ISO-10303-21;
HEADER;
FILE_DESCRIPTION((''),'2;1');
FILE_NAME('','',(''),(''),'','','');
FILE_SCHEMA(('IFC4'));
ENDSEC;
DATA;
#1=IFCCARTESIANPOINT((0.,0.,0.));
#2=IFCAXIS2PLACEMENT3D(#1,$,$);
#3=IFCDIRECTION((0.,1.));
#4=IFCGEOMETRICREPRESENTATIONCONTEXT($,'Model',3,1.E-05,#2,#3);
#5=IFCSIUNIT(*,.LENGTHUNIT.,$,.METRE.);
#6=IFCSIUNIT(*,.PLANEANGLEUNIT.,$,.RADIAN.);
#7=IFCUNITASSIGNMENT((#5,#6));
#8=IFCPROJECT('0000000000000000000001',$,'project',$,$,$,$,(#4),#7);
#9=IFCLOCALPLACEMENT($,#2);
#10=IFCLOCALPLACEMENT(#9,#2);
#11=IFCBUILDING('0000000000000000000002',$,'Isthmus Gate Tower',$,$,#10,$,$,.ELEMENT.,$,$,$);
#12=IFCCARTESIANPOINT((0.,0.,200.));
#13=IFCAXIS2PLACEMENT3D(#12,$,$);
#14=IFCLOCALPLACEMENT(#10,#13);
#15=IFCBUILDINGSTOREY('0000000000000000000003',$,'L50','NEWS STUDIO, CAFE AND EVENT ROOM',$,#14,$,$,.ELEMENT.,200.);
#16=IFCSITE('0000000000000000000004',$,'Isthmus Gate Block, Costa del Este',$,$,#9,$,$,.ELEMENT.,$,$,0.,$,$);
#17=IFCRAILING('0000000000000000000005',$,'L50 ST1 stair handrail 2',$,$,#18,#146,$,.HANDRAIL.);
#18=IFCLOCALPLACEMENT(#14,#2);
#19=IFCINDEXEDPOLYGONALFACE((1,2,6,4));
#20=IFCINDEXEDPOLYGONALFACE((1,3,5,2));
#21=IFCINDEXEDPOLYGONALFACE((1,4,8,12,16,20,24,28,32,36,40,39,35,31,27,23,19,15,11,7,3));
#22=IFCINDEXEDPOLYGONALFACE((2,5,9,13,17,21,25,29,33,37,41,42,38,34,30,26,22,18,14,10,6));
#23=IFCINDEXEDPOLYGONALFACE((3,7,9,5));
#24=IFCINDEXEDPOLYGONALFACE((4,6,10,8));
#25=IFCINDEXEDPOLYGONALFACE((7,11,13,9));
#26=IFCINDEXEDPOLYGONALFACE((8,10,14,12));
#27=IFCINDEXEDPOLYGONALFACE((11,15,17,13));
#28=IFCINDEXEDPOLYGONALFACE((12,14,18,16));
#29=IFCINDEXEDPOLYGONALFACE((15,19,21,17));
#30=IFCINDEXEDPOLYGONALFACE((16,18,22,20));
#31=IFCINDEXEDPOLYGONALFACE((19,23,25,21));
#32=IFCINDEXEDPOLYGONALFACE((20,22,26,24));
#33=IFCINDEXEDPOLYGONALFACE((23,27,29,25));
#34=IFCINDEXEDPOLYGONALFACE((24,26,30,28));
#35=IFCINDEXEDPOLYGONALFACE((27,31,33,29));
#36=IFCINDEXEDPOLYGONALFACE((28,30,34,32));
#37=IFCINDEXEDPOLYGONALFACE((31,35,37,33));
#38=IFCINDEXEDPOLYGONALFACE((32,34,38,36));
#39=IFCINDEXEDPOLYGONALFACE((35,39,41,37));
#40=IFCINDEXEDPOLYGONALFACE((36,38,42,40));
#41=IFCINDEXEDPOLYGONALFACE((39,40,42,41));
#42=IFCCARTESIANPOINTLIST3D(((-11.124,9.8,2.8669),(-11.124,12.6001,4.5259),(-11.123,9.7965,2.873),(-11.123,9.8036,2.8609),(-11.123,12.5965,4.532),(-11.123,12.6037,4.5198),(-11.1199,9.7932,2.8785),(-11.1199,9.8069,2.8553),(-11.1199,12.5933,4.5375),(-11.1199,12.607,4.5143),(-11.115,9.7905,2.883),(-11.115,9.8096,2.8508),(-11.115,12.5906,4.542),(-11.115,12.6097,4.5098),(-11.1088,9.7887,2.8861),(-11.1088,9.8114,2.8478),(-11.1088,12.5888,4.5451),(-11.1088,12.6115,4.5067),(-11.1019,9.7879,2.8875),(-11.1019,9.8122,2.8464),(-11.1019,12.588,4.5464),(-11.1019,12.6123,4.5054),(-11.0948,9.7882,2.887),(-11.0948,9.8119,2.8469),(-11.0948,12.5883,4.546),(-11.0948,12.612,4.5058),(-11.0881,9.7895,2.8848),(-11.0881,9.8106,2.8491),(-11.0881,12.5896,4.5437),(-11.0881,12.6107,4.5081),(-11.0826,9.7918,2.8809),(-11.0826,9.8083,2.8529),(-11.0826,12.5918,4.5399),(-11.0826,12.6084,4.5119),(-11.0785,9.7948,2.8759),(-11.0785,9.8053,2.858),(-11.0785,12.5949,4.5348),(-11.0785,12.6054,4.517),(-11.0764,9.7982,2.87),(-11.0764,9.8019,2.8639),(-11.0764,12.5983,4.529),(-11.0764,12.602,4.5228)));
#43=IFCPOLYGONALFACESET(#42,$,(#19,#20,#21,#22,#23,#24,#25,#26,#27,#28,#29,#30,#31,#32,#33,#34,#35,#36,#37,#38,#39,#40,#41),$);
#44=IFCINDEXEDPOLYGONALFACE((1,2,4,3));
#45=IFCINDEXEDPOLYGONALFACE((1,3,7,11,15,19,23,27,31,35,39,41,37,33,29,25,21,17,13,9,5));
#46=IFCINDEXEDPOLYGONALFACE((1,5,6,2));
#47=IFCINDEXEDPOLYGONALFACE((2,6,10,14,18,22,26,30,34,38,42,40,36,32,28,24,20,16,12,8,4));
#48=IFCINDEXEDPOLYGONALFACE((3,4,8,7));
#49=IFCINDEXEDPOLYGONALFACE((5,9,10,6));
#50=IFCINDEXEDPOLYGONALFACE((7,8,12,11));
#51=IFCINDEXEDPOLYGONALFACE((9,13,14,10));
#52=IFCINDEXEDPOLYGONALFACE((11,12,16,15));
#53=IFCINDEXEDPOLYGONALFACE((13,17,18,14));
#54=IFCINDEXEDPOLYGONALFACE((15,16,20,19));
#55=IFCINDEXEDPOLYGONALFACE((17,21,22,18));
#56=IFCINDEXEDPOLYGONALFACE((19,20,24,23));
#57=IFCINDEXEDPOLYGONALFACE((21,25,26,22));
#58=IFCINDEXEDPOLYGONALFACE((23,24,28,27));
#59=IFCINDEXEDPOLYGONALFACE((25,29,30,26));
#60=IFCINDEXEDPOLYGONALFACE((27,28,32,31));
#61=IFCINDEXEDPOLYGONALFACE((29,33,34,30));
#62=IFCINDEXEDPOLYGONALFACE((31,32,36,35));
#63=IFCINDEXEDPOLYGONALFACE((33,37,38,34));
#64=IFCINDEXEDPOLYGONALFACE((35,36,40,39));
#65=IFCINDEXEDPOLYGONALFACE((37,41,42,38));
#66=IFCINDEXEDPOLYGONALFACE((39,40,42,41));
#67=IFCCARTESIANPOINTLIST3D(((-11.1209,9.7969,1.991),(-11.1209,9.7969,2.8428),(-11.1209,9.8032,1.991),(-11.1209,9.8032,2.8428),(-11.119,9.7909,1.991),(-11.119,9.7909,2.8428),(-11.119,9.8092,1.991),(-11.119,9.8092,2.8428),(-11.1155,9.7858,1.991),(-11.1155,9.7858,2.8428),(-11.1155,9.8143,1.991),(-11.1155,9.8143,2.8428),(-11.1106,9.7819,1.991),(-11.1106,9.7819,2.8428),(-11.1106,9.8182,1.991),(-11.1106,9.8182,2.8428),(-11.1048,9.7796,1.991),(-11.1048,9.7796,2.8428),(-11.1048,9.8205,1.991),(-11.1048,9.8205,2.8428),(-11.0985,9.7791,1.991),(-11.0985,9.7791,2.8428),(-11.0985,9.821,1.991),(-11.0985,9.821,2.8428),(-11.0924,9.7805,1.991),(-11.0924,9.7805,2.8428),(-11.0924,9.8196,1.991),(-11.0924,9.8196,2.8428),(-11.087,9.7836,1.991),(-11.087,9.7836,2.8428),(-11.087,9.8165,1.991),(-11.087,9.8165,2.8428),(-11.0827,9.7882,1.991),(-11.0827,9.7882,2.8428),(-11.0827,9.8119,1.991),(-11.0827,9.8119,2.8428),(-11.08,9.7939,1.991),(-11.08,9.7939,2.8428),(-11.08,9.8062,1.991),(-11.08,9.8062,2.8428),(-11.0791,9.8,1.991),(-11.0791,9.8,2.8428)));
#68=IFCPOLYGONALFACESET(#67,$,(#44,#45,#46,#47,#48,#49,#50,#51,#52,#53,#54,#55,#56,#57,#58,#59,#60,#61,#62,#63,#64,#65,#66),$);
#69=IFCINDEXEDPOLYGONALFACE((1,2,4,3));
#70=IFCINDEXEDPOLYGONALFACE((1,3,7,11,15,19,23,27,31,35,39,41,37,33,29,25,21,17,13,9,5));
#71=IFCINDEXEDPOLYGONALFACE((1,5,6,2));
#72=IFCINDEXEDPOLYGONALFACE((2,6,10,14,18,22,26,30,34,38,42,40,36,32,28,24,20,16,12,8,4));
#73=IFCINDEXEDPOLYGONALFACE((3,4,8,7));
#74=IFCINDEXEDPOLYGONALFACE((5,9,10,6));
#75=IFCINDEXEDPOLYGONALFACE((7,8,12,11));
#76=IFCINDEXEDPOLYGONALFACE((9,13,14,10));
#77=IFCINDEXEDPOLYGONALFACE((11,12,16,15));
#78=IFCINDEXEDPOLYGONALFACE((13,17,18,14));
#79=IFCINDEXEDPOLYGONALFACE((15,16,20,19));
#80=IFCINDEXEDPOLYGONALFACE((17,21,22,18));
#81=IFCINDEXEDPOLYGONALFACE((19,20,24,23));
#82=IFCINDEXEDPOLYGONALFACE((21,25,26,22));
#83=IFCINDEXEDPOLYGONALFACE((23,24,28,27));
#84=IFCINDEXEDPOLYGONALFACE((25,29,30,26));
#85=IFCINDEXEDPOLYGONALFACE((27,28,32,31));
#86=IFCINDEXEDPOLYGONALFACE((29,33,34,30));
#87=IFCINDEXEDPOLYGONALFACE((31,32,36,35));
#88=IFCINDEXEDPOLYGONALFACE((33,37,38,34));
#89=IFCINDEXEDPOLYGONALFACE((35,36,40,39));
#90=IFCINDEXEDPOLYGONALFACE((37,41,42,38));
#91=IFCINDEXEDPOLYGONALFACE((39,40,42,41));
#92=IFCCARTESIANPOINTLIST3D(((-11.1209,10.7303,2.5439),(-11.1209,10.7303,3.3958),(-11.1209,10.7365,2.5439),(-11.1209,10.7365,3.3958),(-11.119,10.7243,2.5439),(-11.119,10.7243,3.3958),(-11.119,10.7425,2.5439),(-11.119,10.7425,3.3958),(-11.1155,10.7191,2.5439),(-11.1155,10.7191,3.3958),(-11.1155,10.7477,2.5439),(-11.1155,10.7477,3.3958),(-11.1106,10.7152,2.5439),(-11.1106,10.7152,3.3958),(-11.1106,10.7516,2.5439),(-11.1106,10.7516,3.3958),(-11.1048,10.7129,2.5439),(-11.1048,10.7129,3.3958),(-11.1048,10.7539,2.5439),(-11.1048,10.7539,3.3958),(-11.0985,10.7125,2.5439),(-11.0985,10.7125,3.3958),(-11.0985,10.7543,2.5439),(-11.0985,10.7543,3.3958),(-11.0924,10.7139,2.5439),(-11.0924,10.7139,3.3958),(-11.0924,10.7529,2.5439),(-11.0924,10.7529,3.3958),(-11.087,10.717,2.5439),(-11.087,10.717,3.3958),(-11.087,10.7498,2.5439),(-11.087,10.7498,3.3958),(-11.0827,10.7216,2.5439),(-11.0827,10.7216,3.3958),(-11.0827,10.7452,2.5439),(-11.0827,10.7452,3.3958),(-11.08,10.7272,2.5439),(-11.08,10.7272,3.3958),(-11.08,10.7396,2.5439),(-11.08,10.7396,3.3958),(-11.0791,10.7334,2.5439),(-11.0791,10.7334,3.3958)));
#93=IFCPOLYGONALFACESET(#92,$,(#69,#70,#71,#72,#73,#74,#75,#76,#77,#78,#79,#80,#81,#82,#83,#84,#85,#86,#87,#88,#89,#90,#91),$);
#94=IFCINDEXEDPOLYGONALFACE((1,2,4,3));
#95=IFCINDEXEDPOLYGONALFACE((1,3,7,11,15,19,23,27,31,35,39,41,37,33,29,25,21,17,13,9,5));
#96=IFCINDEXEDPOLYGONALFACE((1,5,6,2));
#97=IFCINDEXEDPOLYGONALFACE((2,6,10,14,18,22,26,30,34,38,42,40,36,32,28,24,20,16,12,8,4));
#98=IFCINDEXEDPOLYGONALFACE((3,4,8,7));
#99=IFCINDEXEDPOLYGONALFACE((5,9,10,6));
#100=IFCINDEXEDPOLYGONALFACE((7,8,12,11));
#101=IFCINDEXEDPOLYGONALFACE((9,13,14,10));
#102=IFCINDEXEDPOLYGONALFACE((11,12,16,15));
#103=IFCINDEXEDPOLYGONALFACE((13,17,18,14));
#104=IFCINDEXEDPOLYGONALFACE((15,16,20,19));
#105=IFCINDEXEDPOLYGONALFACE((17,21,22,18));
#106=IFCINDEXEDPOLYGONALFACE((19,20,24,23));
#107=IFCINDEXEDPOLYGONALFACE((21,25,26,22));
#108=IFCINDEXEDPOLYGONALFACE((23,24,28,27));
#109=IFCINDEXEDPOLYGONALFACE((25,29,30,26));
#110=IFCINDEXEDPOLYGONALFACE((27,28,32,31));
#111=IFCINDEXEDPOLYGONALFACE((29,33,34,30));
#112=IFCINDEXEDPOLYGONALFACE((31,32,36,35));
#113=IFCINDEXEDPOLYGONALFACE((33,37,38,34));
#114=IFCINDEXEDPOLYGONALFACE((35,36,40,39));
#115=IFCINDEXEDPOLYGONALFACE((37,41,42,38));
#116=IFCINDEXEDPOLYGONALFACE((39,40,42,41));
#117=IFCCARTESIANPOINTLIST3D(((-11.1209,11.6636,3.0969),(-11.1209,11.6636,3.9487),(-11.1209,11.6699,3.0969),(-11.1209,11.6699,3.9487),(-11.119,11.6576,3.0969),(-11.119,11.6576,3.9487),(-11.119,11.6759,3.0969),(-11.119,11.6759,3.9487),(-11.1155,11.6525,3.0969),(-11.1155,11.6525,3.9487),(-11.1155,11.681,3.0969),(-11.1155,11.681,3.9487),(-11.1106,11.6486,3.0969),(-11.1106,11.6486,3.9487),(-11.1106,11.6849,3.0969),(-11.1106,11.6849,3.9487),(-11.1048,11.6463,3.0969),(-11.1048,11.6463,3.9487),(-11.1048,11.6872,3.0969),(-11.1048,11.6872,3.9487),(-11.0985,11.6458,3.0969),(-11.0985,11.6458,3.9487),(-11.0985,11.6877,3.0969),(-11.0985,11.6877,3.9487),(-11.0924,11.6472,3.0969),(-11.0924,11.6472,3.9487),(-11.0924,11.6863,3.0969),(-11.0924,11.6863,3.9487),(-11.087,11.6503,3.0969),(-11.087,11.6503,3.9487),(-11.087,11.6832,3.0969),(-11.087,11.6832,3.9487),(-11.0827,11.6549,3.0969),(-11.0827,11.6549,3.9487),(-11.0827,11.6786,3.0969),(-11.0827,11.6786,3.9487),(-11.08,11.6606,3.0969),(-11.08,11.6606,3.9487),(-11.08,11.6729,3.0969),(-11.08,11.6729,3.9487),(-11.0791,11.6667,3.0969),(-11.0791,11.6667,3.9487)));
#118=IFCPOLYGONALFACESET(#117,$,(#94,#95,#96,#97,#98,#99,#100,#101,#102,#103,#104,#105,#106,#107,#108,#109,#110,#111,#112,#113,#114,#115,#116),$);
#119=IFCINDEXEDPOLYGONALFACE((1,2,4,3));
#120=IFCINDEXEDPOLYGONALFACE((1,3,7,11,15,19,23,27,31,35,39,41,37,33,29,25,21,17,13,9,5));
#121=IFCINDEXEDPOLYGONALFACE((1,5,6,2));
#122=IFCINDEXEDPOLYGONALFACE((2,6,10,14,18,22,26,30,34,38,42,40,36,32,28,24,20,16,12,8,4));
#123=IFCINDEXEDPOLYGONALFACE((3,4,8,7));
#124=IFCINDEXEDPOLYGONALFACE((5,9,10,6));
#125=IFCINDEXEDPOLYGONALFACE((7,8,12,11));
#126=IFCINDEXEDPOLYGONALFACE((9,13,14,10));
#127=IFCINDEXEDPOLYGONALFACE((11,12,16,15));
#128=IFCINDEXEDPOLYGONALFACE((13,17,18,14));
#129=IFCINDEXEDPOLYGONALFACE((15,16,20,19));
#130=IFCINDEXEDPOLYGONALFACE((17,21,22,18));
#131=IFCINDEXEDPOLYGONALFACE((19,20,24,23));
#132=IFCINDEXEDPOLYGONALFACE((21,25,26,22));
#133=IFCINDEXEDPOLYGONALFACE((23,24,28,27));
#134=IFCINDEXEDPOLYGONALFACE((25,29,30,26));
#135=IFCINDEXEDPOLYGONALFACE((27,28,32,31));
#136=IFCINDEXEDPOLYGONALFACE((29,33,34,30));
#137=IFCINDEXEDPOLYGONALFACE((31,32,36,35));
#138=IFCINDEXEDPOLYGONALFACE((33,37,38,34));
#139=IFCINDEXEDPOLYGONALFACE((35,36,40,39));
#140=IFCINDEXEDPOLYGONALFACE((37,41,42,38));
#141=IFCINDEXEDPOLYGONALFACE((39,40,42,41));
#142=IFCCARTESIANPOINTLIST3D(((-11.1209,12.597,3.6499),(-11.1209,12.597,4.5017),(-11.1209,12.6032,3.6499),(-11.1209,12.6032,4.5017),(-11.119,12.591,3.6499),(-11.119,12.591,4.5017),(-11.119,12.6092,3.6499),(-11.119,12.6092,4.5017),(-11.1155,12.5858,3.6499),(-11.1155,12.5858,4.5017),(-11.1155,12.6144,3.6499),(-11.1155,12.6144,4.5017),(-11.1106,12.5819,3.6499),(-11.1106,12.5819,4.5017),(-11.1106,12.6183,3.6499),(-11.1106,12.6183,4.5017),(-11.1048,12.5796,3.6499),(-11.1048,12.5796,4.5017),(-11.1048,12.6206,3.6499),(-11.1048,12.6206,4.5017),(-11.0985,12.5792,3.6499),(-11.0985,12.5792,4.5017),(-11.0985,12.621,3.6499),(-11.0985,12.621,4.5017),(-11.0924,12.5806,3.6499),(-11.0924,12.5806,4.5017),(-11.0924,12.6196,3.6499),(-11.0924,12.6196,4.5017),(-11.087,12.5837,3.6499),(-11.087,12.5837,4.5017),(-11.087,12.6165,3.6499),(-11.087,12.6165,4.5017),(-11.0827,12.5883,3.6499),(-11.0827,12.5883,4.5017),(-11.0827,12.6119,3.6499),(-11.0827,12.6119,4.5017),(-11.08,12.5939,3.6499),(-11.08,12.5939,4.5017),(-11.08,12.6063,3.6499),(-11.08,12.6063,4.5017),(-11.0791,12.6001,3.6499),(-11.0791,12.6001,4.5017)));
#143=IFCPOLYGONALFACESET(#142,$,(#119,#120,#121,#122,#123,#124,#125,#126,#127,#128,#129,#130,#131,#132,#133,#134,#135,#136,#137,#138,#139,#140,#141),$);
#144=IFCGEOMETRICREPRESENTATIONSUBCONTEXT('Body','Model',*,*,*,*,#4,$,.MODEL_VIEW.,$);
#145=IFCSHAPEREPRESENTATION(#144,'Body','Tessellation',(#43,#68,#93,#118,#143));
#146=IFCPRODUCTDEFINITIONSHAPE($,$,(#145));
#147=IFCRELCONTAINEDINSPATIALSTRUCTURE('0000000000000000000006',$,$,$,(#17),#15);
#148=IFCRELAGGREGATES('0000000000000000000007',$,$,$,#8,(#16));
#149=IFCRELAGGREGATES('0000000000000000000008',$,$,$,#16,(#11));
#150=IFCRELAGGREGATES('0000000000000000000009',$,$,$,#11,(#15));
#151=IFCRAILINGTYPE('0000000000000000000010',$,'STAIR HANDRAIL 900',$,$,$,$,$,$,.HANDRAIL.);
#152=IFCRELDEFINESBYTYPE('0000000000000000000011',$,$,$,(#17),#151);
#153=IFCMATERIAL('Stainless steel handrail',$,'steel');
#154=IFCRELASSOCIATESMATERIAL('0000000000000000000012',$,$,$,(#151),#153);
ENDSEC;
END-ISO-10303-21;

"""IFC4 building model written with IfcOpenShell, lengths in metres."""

from ifc_helpers import new_model, si_unit, direction, frame, origin, origin_2d, place, context, subcontext, project, spatial, circle, extrude, material, type_object, element, save


model = new_model("IFC4")

# Units and contexts
model_context = context("Model", 3, precision=1e-05, world=origin(), true_north=direction((0.0, 1.0)))
body_context = subcontext(model_context, "Body", "Model", "MODEL_VIEW")
ifc_project = project(units=[si_unit("LENGTHUNIT", "METRE"), si_unit("PLANEANGLEUNIT", "RADIAN")], contexts=[model_context])

# Site, building, storey
site_placement = place(None, origin())
site = spatial("IfcSite", under=ifc_project, at=site_placement, Name="Isthmus Gate Block, Costa del Este", CompositionType="ELEMENT", RefElevation=0.0)
building_placement = place(site_placement, origin())
building = spatial("IfcBuilding", under=site, at=building_placement, Name="Isthmus Gate Tower", CompositionType="ELEMENT")
storey_placement = place(building_placement, frame((0.0, 0.0, 200.0)))
storey = spatial("IfcBuildingStorey", under=building, at=storey_placement, Name="L50", Description="NEWS STUDIO, CAFE AND EVENT ROOM", CompositionType="ELEMENT", Elevation=200.0)

# Railing
ifc_material_1 = material(Name="Stainless steel handrail", Category="steel")
railing_type_1 = type_object("IfcRailingType", Name="STAIR HANDRAIL 900", PredefinedType="HANDRAIL", material=ifc_material_1)
for number, where, name in (
    (1, (-11.1001, 9.8, 1.991), "L50 ST1 stair handrail 2"),
):
    element("IfcRailing", number, at=place(storey_placement, frame(where)), inside=storey, type_object=railing_type_1, Name=name, PredefinedType="HANDRAIL", context=body_context, shape_type="SweptSolid", body=[
        extrude(circle(Radius=0.0239, at=origin_2d()), frame((0.0, 0.0, 0.876), z_axis=(0.0, 0.860339, 0.509722), x_axis=(-1.0, 0.0, 0.0)), (0.0, 0.0, 1.0), 3.2546),
        extrude(circle(Radius=0.021, at=origin_2d()), origin(), (0.0, 0.0, 1.0), 0.8518),
        extrude(circle(Radius=0.021, at=origin_2d()), frame((0.0, 0.9333, 0.553)), (0.0, 0.0, 1.0), 0.8518),
        extrude(circle(Radius=0.021, at=origin_2d()), frame((0.0, 1.8667, 1.106)), (0.0, 0.0, 1.0), 0.8518),
        extrude(circle(Radius=0.021, at=origin_2d()), frame((0.0, 2.8, 1.6589)), (0.0, 0.0, 1.0), 0.8518),
    ])

save(model, "model.ifc")
